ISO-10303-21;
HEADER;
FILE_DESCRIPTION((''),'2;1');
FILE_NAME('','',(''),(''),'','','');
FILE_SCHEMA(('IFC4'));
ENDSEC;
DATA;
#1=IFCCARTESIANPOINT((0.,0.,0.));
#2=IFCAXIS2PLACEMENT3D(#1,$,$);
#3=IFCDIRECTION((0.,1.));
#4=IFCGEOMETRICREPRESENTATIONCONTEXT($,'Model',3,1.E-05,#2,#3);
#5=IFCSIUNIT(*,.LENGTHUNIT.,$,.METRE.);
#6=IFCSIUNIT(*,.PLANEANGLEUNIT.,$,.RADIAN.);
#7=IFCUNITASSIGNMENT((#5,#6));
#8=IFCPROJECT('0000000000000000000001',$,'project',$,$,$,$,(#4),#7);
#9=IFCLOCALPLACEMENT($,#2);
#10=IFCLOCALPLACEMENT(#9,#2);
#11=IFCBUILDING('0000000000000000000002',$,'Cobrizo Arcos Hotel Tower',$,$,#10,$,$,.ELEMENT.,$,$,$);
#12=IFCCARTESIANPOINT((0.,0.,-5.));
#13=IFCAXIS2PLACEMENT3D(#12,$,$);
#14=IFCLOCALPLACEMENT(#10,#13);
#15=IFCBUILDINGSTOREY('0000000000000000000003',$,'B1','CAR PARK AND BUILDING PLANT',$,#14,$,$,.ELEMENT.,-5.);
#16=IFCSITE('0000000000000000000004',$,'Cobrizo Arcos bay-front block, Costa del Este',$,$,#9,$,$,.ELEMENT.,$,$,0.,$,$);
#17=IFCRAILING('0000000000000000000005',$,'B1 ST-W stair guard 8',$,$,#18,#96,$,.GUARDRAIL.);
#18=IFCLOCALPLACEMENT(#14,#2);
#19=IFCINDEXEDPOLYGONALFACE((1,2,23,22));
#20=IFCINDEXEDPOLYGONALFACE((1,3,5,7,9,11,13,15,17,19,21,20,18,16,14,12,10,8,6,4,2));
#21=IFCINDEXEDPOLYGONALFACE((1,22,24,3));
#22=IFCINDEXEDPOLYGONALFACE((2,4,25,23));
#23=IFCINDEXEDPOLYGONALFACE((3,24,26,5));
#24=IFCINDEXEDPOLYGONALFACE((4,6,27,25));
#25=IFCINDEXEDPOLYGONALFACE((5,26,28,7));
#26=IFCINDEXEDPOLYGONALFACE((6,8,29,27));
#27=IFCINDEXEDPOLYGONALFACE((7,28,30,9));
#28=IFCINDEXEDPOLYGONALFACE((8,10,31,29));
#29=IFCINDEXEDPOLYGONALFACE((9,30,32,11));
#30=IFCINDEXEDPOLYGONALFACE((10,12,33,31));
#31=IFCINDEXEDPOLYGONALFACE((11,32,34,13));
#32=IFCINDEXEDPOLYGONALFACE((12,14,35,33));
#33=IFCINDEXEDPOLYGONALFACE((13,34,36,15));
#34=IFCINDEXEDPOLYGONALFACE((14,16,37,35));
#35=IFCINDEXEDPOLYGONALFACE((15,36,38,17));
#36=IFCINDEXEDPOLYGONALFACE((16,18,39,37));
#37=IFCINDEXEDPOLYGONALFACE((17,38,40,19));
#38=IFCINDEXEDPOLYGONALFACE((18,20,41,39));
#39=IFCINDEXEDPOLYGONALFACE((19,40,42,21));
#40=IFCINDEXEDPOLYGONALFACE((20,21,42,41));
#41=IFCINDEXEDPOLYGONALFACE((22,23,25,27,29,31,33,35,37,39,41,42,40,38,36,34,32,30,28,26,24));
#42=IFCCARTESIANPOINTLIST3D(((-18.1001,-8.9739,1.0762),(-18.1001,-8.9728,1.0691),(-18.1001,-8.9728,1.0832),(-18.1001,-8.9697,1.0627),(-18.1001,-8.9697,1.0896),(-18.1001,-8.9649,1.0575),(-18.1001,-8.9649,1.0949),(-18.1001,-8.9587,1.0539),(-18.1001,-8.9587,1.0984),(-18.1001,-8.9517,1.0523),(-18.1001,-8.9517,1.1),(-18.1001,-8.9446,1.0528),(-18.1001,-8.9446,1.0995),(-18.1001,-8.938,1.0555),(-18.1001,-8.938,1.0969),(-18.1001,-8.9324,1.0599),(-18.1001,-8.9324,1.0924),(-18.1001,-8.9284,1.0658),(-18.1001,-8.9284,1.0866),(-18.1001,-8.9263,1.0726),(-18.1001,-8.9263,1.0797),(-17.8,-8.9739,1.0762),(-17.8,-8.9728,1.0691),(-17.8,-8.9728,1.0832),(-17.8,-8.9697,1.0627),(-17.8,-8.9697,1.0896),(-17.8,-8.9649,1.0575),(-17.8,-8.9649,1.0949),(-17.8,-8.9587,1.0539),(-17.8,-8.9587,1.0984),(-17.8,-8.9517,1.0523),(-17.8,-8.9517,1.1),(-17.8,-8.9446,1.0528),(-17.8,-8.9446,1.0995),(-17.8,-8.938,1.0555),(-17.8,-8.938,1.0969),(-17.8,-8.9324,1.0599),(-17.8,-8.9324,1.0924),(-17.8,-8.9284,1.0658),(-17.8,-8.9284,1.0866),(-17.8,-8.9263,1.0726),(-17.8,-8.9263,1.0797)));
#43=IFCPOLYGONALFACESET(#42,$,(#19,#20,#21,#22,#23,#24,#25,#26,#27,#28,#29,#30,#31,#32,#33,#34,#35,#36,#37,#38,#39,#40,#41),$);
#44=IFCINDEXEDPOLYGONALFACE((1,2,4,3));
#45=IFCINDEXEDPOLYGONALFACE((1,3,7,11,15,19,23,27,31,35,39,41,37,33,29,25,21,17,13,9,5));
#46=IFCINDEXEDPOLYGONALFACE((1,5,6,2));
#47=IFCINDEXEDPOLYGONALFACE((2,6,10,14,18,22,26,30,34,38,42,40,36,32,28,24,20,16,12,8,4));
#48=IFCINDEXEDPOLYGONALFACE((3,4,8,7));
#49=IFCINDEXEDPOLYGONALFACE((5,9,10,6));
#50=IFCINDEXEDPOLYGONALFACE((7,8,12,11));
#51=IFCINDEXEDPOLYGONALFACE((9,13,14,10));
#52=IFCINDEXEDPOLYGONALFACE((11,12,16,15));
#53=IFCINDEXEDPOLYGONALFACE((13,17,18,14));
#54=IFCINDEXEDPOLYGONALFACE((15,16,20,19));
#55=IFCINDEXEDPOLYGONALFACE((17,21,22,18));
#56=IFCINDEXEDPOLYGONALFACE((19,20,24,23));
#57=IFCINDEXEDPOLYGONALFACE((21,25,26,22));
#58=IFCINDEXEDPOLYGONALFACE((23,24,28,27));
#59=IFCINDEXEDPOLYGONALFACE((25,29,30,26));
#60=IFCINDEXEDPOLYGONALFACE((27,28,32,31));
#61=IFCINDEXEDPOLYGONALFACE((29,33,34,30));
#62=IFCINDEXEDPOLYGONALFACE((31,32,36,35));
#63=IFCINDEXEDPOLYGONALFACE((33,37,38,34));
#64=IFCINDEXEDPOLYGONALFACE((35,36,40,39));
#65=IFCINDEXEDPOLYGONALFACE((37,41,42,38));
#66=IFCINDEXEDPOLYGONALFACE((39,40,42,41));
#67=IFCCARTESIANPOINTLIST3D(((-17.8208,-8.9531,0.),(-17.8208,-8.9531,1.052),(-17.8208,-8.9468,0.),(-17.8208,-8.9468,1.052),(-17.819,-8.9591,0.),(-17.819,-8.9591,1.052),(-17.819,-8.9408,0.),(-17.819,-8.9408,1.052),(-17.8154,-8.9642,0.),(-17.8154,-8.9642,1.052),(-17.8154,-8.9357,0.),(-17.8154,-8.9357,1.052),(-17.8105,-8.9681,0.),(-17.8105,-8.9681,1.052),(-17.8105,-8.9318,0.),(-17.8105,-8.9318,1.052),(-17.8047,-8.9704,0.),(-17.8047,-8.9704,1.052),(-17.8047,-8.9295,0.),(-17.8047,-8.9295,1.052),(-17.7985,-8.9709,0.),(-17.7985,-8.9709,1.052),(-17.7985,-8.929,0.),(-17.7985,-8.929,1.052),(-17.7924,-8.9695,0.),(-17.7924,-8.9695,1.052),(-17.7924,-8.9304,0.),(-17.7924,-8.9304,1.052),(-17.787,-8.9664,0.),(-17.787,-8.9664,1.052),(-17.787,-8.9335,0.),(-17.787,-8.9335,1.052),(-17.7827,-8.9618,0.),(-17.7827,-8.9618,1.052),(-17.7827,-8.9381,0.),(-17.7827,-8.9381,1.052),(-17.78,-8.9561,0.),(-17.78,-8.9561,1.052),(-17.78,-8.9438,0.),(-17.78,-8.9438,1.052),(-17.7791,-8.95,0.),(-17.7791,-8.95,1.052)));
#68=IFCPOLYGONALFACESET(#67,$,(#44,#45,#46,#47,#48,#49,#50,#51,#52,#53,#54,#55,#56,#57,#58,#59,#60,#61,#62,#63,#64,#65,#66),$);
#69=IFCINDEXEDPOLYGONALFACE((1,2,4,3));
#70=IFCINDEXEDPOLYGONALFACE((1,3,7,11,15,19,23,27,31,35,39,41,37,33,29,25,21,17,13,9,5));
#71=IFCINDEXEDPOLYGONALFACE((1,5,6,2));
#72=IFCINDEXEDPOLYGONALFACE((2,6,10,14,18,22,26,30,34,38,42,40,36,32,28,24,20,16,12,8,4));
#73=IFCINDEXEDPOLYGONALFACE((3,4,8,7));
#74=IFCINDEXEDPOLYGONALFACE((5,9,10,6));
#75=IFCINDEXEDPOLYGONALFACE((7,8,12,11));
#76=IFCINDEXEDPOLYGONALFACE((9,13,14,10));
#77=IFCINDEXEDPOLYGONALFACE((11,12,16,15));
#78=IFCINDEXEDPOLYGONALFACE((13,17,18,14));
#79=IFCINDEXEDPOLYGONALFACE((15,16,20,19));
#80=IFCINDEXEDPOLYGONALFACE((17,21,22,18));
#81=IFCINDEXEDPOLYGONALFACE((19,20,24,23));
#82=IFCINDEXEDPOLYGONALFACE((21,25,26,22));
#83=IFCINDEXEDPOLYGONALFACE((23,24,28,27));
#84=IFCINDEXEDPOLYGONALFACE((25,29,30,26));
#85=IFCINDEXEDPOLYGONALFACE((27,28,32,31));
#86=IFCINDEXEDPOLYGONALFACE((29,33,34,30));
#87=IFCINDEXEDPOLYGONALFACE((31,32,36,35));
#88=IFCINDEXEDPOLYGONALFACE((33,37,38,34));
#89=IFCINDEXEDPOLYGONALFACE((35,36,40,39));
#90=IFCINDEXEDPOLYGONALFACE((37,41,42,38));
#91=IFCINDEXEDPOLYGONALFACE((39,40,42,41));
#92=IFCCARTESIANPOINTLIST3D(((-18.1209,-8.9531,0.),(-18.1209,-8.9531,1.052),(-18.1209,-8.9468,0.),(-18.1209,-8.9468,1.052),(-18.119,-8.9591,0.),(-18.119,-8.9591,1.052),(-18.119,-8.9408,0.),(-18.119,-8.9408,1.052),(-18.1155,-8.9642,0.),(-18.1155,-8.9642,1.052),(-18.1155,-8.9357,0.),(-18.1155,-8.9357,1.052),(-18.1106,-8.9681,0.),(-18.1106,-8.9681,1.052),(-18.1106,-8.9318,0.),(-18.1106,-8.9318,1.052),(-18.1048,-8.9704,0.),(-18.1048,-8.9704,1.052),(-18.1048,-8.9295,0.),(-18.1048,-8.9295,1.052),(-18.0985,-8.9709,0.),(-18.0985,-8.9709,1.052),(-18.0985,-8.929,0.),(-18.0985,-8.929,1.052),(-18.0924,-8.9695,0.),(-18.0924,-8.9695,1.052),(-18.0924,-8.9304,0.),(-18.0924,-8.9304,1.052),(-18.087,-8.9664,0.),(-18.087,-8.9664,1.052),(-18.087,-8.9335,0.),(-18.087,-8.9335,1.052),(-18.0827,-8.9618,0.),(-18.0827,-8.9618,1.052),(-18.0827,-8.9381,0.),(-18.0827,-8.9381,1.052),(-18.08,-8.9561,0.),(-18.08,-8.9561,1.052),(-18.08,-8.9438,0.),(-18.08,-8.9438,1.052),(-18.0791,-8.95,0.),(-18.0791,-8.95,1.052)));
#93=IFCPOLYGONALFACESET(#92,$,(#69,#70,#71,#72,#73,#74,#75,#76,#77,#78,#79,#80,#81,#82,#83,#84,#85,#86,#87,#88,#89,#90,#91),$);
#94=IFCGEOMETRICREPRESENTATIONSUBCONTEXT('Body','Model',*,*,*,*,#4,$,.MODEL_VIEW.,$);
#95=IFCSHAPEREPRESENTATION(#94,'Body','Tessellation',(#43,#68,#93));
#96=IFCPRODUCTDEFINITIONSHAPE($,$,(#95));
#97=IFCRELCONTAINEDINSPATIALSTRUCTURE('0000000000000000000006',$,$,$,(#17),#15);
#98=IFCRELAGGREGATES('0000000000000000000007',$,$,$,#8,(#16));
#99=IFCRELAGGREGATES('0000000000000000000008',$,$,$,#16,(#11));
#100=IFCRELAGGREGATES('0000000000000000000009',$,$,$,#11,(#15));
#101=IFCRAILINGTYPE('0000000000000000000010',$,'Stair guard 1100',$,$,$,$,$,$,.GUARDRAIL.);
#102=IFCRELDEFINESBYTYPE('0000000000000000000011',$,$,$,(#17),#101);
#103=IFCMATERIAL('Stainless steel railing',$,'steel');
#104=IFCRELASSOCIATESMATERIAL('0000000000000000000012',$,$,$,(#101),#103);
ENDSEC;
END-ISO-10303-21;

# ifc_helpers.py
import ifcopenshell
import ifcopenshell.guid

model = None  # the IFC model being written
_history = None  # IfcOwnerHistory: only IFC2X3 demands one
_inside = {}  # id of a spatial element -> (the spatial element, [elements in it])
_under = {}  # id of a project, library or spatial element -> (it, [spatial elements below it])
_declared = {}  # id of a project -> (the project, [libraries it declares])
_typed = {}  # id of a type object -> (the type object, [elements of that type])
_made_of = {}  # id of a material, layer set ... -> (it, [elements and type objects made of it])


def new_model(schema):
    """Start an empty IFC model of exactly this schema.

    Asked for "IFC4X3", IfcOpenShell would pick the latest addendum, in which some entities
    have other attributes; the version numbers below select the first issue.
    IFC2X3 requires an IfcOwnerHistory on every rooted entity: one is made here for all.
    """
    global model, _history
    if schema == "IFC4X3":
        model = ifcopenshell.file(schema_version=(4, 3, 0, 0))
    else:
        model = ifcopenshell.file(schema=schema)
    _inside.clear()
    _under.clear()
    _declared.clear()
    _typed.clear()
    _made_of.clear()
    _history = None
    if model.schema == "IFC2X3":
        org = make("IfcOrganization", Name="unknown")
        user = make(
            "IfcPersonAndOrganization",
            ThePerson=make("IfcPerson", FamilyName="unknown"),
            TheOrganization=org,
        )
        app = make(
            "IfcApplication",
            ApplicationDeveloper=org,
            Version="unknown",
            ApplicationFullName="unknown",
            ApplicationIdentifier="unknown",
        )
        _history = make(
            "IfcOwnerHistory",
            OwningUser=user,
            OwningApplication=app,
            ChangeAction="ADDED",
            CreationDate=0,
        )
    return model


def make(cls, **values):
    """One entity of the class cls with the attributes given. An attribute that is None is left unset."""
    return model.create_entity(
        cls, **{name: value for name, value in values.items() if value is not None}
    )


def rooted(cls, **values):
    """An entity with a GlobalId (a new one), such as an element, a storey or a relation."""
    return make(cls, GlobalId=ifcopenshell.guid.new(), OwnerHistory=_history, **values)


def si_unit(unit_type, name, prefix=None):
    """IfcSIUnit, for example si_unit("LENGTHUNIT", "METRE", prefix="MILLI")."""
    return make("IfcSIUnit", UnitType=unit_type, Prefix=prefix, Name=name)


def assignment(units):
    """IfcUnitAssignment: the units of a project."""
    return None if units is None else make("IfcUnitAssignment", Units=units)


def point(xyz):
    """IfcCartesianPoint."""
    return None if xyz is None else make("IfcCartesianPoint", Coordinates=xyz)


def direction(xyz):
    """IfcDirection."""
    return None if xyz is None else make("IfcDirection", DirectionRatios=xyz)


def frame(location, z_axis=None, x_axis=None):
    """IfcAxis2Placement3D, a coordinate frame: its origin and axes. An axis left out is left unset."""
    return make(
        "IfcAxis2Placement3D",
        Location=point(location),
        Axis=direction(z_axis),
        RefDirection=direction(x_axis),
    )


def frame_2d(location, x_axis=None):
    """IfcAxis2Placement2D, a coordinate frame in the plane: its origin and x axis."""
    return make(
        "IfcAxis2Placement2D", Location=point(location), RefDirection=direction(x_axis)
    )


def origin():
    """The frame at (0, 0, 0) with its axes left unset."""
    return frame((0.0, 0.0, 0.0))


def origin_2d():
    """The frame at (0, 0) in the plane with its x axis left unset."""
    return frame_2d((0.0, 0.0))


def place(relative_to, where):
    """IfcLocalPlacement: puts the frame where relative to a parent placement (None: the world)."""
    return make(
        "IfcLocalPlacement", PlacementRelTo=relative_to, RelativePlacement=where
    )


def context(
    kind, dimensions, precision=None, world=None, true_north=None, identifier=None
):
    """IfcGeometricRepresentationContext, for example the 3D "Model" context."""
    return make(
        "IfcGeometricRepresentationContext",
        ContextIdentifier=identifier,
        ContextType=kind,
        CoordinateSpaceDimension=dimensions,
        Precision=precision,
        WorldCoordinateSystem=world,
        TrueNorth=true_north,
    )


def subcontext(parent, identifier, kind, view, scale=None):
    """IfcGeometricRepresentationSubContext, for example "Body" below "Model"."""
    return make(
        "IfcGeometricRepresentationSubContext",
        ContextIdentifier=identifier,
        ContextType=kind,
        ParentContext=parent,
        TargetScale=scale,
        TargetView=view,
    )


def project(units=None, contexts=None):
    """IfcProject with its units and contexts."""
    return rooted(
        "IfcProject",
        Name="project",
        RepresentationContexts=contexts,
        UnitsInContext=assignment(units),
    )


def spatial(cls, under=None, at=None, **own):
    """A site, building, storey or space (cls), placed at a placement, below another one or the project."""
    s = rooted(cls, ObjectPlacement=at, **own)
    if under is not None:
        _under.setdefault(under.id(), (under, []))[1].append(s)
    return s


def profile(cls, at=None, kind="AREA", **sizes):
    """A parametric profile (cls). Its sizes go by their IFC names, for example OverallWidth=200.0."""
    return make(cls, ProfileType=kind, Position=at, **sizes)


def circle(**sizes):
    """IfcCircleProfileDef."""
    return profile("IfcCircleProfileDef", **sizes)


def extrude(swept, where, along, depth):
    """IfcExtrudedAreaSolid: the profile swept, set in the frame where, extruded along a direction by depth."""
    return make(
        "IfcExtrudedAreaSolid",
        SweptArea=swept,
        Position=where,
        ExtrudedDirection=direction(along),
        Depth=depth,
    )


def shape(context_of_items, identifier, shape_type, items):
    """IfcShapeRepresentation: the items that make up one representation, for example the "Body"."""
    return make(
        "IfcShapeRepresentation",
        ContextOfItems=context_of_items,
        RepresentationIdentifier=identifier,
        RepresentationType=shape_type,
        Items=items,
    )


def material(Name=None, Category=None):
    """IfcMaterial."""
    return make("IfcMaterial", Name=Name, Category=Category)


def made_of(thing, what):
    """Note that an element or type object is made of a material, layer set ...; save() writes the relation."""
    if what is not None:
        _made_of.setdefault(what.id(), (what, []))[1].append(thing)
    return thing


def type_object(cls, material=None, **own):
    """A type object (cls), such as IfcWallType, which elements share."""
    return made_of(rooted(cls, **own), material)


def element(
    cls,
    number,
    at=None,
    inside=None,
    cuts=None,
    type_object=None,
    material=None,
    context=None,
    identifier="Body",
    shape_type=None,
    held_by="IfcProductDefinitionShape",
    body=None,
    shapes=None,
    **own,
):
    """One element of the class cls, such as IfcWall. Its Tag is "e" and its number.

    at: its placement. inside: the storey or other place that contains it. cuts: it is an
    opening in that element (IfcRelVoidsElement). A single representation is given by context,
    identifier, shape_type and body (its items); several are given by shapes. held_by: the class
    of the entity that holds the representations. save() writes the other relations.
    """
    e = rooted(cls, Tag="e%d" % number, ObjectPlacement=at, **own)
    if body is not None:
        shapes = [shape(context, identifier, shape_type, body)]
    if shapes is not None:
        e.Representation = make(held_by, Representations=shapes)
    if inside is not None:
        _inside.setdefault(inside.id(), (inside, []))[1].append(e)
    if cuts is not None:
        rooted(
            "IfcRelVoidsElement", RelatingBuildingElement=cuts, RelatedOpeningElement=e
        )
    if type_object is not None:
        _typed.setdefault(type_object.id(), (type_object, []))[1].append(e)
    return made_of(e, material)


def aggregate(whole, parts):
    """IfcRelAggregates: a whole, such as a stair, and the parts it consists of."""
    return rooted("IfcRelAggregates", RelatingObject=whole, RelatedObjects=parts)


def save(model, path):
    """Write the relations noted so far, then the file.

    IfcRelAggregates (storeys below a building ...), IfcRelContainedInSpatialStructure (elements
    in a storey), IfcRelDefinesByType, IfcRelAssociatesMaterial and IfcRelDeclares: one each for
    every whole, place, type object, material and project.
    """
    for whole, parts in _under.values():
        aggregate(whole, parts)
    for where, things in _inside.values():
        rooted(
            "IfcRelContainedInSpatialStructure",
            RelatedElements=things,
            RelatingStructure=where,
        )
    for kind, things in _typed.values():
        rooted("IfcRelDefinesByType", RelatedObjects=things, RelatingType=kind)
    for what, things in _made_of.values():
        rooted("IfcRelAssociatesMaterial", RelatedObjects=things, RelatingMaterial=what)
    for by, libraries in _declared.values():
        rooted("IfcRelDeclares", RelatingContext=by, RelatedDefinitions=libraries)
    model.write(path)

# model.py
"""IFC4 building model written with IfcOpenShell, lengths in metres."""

from ifc_helpers import new_model, si_unit, direction, frame, origin, origin_2d, place, context, subcontext, project, spatial, circle, extrude, material, type_object, element, save


model = new_model("IFC4")

# Units and contexts
model_context = context("Model", 3, precision=1e-05, world=origin(), true_north=direction((0.0, 1.0)))
body_context = subcontext(model_context, "Body", "Model", "MODEL_VIEW")
ifc_project = project(units=[si_unit("LENGTHUNIT", "METRE"), si_unit("PLANEANGLEUNIT", "RADIAN")], contexts=[model_context])

# Site, building, storey
site_placement = place(None, origin())
site = spatial("IfcSite", under=ifc_project, at=site_placement, Name="Cobrizo Arcos bay-front block, Costa del Este", CompositionType="ELEMENT", RefElevation=0.0)
building_placement = place(site_placement, origin())
building = spatial("IfcBuilding", under=site, at=building_placement, Name="Cobrizo Arcos Hotel Tower", CompositionType="ELEMENT")
storey_placement = place(building_placement, frame((0.0, 0.0, -5.0)))
storey = spatial("IfcBuildingStorey", under=building, at=storey_placement, Name="B1", Description="CAR PARK AND BUILDING PLANT", CompositionType="ELEMENT", Elevation=-5.0)

# Railing
ifc_material_1 = material(Name="Stainless steel railing", Category="steel")
railing_type = type_object("IfcRailingType", Name="Stair guard 1100", PredefinedType="GUARDRAIL", material=ifc_material_1)
railing_1_placement = place(storey_placement, frame((-17.8, -8.95, 0.0)))
element("IfcRailing", 1, at=railing_1_placement, inside=storey, type_object=railing_type, Name="B1 ST-W stair guard 8", PredefinedType="GUARDRAIL", context=body_context, shape_type="SweptSolid", body=[
    extrude(circle(Radius=0.0239, at=origin_2d()), frame((0.0, 0.0, 1.0762), z_axis=(-1.0, 0.0, 0.0), x_axis=(0.0, -1.0, 0.0)), (0.0, 0.0, 1.0), 0.3),
    extrude(circle(Radius=0.021, at=origin_2d()), origin(), (0.0, 0.0, 1.0), 1.052),
    extrude(circle(Radius=0.021, at=origin_2d()), frame((-0.3, 0.0, 0.0)), (0.0, 0.0, 1.0), 1.052),
])

save(model, "model.ifc")
